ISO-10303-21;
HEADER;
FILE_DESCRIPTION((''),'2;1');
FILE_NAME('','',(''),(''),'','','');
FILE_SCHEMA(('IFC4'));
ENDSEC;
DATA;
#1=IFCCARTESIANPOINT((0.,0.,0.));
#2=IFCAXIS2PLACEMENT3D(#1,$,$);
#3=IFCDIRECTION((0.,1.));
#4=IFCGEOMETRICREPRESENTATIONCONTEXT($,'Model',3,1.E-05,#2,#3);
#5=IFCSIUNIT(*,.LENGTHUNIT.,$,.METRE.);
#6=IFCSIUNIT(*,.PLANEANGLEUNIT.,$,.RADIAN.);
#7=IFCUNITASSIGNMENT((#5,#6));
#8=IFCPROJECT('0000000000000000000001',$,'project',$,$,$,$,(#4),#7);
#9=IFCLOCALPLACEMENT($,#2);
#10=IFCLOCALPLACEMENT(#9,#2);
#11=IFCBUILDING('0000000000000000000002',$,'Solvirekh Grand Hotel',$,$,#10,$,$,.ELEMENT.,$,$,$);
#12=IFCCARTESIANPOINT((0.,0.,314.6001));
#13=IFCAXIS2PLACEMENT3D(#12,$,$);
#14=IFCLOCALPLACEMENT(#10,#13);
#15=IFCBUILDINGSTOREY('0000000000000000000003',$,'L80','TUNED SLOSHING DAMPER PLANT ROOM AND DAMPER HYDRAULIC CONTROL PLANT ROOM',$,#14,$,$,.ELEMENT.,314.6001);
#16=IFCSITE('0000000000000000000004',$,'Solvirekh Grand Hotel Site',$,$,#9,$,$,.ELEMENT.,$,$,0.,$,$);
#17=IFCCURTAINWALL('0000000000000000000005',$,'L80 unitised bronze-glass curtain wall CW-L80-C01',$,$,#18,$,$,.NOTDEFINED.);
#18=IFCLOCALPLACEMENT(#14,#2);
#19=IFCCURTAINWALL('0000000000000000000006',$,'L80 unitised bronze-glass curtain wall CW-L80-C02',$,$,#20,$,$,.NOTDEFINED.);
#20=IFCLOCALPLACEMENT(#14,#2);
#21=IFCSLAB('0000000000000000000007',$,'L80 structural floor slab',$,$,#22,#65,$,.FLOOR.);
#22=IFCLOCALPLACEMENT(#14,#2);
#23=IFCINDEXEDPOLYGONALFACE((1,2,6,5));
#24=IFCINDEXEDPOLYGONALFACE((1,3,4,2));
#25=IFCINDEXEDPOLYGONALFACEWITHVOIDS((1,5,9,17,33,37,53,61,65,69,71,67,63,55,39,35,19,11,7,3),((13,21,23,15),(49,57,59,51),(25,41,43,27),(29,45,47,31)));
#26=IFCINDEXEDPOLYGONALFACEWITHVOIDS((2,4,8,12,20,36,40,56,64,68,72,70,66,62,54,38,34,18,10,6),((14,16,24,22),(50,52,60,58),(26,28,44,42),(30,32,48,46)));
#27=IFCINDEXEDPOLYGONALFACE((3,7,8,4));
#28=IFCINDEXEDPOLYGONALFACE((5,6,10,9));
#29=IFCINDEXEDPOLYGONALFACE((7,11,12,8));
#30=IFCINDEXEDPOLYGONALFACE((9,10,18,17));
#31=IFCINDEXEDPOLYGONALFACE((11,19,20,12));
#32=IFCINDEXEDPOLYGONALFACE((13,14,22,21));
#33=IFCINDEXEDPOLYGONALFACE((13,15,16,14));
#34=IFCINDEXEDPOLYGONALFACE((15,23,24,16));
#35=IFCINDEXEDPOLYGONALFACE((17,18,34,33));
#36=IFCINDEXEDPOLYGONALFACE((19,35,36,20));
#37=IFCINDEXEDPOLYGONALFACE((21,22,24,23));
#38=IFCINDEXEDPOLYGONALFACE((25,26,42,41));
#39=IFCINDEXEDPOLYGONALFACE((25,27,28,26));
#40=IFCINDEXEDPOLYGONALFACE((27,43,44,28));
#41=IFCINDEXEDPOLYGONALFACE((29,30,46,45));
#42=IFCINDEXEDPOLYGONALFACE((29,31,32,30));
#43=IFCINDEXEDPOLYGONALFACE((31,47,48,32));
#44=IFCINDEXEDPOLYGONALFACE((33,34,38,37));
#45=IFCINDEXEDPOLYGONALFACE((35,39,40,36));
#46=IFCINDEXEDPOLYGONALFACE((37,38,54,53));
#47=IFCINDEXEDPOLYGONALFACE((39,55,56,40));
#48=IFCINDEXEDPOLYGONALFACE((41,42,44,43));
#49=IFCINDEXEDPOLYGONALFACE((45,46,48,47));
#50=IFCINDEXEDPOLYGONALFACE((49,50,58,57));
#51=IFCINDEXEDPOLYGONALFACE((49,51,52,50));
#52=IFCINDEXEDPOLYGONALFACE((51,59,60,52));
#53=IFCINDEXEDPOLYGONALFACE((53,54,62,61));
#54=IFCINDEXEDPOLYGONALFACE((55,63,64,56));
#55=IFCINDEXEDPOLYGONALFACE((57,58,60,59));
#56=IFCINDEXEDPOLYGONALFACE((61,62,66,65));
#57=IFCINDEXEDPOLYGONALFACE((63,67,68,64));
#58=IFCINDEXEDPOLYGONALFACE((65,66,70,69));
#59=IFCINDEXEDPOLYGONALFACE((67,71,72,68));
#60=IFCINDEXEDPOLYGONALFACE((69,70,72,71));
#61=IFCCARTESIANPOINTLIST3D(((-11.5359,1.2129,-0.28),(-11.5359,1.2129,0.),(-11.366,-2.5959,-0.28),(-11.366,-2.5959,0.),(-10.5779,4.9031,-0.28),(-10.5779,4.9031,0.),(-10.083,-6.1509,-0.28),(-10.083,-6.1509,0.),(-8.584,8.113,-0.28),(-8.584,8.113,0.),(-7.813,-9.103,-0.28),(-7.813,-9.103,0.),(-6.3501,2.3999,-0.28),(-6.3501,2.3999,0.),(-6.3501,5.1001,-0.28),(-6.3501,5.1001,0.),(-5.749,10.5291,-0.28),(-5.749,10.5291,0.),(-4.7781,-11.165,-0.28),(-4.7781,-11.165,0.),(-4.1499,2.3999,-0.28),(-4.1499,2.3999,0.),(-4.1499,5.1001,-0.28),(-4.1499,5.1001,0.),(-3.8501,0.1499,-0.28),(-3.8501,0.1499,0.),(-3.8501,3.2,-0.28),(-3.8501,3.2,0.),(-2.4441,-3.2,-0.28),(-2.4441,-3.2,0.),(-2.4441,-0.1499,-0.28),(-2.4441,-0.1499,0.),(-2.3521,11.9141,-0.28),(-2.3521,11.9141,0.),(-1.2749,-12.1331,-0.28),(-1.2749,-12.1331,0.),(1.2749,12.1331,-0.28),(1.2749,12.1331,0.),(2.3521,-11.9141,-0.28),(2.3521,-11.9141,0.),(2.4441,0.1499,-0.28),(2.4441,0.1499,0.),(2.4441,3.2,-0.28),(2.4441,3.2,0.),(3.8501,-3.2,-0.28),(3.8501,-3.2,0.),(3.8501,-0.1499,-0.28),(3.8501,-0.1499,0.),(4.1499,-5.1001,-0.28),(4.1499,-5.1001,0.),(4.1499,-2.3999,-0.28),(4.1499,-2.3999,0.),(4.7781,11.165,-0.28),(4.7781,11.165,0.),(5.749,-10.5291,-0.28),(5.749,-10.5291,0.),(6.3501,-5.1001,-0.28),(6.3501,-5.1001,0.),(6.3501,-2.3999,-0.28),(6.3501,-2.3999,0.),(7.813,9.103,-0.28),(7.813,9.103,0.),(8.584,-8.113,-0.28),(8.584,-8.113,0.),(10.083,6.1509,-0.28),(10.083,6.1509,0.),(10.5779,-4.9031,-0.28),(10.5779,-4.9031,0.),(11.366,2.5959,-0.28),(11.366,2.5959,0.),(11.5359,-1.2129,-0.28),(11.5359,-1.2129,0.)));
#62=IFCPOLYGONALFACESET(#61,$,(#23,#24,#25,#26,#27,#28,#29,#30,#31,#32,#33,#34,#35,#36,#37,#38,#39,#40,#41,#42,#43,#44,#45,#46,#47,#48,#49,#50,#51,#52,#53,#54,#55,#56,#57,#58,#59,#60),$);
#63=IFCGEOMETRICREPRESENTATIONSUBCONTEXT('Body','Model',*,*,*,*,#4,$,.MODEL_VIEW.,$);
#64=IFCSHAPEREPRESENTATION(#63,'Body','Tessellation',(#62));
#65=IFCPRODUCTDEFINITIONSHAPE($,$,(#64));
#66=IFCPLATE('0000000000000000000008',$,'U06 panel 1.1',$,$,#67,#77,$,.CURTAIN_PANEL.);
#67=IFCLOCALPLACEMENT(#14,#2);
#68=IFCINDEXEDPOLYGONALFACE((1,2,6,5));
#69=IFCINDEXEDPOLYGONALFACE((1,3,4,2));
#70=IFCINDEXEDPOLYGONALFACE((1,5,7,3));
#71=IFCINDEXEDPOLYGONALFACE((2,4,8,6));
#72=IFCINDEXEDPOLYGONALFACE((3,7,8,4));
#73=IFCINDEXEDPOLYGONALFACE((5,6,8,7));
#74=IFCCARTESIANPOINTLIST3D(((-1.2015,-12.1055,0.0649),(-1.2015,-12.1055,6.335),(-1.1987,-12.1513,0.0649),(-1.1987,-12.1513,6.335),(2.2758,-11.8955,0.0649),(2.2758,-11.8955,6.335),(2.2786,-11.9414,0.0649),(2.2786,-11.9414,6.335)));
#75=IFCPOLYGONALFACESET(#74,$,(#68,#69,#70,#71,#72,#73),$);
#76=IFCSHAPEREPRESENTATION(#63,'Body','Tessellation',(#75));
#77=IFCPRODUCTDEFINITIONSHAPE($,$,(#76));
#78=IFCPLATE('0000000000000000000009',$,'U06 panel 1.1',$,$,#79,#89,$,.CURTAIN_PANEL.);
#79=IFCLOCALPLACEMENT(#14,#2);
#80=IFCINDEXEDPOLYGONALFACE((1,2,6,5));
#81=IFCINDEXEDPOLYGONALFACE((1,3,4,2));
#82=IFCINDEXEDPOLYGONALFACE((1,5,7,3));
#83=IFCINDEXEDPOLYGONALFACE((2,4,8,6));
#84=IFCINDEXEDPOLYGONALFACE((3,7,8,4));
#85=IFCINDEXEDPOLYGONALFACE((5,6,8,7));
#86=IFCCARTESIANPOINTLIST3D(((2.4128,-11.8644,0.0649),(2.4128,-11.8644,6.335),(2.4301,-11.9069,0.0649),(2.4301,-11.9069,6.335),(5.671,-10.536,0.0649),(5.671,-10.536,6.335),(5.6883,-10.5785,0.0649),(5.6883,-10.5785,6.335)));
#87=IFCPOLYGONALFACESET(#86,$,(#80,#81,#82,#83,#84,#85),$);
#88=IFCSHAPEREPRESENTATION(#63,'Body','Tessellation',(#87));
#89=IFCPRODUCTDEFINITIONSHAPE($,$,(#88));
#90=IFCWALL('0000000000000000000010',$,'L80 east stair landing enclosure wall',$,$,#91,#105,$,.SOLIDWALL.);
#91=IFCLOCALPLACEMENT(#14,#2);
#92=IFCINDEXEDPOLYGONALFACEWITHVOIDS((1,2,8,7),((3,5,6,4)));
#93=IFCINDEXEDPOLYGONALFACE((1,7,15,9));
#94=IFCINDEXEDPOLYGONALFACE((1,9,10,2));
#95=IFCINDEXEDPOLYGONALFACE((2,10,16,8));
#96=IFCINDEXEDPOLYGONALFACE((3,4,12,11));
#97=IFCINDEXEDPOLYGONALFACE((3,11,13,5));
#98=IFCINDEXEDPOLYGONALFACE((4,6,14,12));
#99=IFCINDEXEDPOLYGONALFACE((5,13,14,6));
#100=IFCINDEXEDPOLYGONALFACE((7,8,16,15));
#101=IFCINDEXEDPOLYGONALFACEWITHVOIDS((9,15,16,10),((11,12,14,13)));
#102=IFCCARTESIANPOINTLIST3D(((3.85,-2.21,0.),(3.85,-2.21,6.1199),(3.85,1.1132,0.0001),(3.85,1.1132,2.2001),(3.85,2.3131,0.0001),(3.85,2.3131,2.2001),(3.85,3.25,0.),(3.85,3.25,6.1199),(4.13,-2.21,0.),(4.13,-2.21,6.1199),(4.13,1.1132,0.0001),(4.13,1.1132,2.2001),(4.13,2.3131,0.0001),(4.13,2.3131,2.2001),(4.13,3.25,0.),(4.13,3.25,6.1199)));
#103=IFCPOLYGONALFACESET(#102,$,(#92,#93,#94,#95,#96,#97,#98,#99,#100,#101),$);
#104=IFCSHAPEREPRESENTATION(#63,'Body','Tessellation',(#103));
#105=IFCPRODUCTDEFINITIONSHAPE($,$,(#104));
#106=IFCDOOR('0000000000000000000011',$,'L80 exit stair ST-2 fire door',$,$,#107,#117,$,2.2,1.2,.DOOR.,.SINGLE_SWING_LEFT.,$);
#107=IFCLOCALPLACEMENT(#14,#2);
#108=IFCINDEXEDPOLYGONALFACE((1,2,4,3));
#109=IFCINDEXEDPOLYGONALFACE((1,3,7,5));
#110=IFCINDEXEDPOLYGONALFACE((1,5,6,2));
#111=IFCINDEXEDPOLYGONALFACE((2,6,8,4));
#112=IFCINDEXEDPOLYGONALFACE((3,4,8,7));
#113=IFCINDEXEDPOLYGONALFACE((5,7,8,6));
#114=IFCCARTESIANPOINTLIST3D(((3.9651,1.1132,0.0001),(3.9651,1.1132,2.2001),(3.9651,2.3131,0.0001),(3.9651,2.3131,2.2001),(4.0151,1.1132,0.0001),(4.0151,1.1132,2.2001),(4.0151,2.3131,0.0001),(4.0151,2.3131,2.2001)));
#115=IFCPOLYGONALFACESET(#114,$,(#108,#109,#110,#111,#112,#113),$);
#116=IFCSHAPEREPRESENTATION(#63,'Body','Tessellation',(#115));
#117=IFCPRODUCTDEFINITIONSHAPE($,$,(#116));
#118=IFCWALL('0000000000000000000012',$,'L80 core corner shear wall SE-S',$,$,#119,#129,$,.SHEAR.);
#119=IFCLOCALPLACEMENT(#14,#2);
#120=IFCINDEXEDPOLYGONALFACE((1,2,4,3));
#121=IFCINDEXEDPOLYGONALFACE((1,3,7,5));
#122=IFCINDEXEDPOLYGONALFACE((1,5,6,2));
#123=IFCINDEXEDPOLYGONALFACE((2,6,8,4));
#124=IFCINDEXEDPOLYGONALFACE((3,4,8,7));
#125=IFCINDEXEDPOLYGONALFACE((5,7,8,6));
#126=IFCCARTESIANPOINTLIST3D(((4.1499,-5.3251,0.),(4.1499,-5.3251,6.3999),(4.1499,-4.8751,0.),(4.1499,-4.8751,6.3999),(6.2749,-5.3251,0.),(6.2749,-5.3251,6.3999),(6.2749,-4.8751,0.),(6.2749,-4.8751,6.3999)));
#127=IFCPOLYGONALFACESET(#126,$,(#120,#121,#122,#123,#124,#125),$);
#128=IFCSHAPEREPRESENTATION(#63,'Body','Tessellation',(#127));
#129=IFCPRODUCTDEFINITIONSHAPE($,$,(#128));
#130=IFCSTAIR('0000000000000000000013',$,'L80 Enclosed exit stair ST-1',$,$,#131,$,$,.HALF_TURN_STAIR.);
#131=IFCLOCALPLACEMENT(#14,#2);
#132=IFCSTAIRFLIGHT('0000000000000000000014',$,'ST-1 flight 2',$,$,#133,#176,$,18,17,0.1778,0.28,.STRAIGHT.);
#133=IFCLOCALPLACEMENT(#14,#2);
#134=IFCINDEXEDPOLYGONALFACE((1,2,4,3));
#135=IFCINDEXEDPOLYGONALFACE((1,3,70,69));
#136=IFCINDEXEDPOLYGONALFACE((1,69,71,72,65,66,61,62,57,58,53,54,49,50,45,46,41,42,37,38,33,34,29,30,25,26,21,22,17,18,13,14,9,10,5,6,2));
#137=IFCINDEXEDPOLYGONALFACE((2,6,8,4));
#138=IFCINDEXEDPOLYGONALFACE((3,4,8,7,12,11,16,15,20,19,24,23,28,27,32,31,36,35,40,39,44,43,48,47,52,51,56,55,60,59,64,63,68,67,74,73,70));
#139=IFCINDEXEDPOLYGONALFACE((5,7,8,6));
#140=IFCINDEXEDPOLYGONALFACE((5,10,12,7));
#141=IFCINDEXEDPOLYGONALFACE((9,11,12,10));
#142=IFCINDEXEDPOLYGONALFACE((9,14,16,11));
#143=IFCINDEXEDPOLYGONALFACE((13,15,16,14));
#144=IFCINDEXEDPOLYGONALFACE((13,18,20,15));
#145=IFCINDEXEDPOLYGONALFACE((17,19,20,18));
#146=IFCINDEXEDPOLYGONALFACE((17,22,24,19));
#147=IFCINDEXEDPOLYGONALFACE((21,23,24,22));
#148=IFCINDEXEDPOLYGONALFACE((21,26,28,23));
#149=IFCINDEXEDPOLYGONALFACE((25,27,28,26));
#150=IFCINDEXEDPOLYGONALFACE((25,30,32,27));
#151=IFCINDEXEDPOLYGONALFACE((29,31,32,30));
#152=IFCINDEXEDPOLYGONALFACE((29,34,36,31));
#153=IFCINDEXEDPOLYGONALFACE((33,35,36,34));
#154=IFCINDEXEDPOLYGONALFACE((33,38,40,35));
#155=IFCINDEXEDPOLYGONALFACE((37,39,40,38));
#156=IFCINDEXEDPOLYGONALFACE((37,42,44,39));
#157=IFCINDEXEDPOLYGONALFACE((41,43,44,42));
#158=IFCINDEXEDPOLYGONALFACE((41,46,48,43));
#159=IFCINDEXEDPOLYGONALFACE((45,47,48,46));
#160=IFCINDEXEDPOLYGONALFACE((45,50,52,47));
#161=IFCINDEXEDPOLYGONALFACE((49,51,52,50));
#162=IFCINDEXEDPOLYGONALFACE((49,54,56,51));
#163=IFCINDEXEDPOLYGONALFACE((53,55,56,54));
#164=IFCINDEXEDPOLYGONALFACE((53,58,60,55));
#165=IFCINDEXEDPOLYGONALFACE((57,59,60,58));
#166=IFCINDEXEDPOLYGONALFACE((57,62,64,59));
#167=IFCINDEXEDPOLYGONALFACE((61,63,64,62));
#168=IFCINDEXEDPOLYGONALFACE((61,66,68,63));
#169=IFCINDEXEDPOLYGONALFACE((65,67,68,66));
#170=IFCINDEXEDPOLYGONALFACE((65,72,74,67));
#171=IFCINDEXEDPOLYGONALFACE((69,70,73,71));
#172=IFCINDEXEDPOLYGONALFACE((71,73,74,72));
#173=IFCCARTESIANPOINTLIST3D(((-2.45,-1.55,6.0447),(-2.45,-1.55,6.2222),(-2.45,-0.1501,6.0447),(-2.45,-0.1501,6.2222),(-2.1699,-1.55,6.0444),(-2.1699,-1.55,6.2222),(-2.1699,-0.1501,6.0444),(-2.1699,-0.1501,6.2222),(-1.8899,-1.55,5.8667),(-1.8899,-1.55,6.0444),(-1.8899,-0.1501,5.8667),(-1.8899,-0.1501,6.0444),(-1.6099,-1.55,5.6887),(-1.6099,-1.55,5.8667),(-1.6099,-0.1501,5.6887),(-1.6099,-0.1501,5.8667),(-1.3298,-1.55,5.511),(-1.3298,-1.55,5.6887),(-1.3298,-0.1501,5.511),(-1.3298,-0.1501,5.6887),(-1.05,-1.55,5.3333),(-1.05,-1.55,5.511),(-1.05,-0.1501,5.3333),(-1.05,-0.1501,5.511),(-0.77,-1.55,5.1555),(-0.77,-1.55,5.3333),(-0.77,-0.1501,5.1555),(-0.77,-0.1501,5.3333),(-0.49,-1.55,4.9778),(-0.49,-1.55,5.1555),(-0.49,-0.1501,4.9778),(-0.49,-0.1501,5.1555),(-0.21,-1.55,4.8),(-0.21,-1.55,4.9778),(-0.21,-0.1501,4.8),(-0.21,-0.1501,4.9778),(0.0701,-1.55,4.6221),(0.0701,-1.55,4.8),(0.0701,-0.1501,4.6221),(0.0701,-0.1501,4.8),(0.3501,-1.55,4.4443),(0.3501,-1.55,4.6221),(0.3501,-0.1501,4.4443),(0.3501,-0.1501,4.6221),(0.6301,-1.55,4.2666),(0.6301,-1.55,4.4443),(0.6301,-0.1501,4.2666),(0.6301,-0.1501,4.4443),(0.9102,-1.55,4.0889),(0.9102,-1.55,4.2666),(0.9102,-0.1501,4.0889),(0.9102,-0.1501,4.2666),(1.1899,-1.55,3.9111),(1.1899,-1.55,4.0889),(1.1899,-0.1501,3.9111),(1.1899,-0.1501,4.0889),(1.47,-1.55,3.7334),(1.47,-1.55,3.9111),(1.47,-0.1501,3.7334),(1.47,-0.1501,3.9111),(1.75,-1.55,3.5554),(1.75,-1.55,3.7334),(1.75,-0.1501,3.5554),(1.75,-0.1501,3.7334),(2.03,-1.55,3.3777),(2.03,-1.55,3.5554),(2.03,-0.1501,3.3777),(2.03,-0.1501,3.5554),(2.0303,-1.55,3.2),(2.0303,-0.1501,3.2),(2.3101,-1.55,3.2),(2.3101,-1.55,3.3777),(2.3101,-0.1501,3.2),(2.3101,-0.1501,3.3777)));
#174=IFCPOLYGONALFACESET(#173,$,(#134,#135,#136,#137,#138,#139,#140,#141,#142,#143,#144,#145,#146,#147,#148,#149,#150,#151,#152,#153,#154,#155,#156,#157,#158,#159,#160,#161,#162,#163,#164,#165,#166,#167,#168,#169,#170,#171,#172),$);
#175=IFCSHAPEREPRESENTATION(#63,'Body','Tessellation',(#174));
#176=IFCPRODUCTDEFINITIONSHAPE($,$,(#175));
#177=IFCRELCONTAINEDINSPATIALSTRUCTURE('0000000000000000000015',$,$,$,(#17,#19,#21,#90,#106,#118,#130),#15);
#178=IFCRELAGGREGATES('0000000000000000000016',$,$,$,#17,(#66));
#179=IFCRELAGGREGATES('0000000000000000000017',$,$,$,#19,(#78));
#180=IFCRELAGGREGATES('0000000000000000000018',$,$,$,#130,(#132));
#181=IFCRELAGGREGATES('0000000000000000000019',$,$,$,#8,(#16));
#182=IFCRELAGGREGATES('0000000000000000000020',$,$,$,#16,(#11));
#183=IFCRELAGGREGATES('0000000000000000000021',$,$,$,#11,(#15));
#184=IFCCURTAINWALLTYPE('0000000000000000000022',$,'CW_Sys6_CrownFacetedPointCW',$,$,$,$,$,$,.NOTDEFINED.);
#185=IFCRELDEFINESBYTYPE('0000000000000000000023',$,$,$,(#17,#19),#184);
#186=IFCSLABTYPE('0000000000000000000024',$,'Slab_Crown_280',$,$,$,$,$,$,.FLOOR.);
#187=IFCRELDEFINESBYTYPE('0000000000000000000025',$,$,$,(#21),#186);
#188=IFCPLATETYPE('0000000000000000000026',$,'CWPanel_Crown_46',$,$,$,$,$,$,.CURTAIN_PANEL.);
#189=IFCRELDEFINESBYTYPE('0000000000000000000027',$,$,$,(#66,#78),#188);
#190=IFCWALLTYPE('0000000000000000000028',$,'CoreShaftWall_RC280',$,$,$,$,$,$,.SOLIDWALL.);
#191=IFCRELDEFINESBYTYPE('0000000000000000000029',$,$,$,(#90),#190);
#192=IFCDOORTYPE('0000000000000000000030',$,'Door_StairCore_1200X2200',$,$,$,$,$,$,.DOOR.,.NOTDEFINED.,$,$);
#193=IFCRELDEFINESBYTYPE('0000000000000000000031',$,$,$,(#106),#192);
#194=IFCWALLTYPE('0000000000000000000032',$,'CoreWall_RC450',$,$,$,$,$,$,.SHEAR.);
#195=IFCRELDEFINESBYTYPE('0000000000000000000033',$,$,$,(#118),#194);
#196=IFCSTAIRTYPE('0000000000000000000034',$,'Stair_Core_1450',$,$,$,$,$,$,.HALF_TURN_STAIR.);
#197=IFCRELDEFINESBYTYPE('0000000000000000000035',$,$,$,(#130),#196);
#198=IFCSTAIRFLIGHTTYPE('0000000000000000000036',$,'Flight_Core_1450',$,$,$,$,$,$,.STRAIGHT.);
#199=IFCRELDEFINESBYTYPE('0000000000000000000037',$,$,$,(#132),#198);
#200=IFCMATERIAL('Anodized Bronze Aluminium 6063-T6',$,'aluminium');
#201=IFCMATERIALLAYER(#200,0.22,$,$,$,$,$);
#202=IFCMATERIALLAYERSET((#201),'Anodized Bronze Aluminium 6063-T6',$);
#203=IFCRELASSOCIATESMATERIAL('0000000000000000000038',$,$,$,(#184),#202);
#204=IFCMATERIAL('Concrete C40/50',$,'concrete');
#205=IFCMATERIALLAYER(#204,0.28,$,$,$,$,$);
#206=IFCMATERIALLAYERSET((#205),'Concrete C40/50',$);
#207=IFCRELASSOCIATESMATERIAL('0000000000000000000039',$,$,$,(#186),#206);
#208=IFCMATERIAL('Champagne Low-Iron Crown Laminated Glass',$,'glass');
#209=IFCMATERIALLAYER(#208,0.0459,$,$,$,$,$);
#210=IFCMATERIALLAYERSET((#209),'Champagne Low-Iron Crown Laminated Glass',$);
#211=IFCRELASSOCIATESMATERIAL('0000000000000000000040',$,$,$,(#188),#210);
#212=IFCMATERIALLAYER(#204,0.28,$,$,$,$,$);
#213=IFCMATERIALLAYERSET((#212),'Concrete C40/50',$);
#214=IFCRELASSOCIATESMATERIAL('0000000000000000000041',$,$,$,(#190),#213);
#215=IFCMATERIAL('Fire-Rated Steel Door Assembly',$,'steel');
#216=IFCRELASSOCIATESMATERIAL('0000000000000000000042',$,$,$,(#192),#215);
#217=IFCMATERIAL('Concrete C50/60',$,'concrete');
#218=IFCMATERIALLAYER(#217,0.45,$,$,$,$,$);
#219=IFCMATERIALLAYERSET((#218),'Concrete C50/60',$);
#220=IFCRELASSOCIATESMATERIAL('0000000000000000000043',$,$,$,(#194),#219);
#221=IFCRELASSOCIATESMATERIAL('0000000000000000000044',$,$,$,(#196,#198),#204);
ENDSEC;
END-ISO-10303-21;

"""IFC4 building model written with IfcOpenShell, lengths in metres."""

from ifc_helpers import new_model, si_unit, direction, frame, frame_2d, origin, origin_2d, place, context, subcontext, project, spatial, polyline, rectangle, outline, extrude, source, transform, mapped, material, layer, layer_set, type_object, element, fill, aggregate, save


model = new_model("IFC4")

# Units and contexts
model_context = context("Model", 3, precision=1e-05, world=origin(), true_north=direction((0.0, 1.0)))
body_context = subcontext(model_context, "Body", "Model", "MODEL_VIEW")
ifc_project = project(units=[si_unit("LENGTHUNIT", "METRE"), si_unit("PLANEANGLEUNIT", "RADIAN")], contexts=[model_context])

# Site, building, storey
site_placement = place(None, origin())
site = spatial("IfcSite", under=ifc_project, at=site_placement, Name="Solvirekh Grand Hotel Site", CompositionType="ELEMENT", RefElevation=0.0)
building_placement = place(site_placement, origin())
building = spatial("IfcBuilding", under=site, at=building_placement, Name="Solvirekh Grand Hotel", CompositionType="ELEMENT")
storey_placement = place(building_placement, frame((0.0, 0.0, 314.6001)))
storey = spatial("IfcBuildingStorey", under=building, at=storey_placement, Name="L80", Description="TUNED SLOSHING DAMPER PLANT ROOM AND DAMPER HYDRAULIC CONTROL PLANT ROOM", CompositionType="ELEMENT", Elevation=314.6001)

# Curtain walls
ifc_material_1 = material(Name="Anodized Bronze Aluminium 6063-T6", Category="aluminium")
ifc_layer_1 = layer(ifc_material_1, 0.22)
ifc_layer_set_1 = layer_set([ifc_layer_1], Name="Anodized Bronze Aluminium 6063-T6")
curtain_wall_type = type_object("IfcCurtainWallType", Name="CW_Sys6_CrownFacetedPointCW", PredefinedType="NOTDEFINED", material=ifc_layer_set_1)
curtain_wall_1_placement = place(storey_placement, origin())
curtain_wall_1 = element("IfcCurtainWall", 1, at=curtain_wall_1_placement, inside=storey, type_object=curtain_wall_type, Name="L80 unitised bronze-glass curtain wall CW-L80-C01", PredefinedType="NOTDEFINED")
curtain_wall_2_placement = place(storey_placement, origin())
curtain_wall_2 = element("IfcCurtainWall", 2, at=curtain_wall_2_placement, inside=storey, type_object=curtain_wall_type, Name="L80 unitised bronze-glass curtain wall CW-L80-C02", PredefinedType="NOTDEFINED")

# Slab
ifc_material_2 = material(Name="Concrete C40/50", Category="concrete")
ifc_layer_2 = layer(ifc_material_2, 0.28)
ifc_layer_set_2 = layer_set([ifc_layer_2], Name="Concrete C40/50")
slab_type = type_object("IfcSlabType", Name="Slab_Crown_280", PredefinedType="FLOOR", material=ifc_layer_set_2)
slab_placement = place(storey_placement, frame((0.0, 0.0, -0.28)))
element("IfcSlab", 3, at=slab_placement, inside=storey, type_object=slab_type, Name="L80 structural floor slab", PredefinedType="FLOOR", context=body_context, shape_type="SweptSolid", body=[
    extrude(outline(polyline([(-1.2749, -12.1331), (2.3521, -11.9141), (5.749, -10.5291), (8.584, -8.113), (10.5779, -4.9031), (11.5359, -1.2129), (11.366, 2.5959), (10.083, 6.1509), (7.813, 9.103), (4.7781, 11.165), (1.2749, 12.1331), (-2.3521, 11.9141), (-5.749, 10.5291), (-8.584, 8.113), (-10.5779, 4.9031), (-11.5359, 1.2129), (-11.366, -2.5959), (-10.083, -6.1509), (-7.813, -9.103), (-4.7781, -11.165), (-1.2749, -12.1331)]), holes=[polyline([(-2.4441, -0.1499), (3.8501, -0.1499), (3.8501, -3.2), (-2.4441, -3.2), (-2.4441, -0.1499)]), polyline([(2.4441, 0.1499), (-3.8501, 0.1499), (-3.8501, 3.2), (2.4441, 3.2), (2.4441, 0.1499)]), polyline([(-6.3501, 5.1001), (-4.1499, 5.1001), (-4.1499, 2.3999), (-6.3501, 2.3999), (-6.3501, 5.1001)]), polyline([(4.1499, -2.3999), (6.3501, -2.3999), (6.3501, -5.1001), (4.1499, -5.1001), (4.1499, -2.3999)])]), origin(), (0.0, 0.0, 1.0), 0.28),
])

# Plates
ifc_material_3 = material(Name="Champagne Low-Iron Crown Laminated Glass", Category="glass")
ifc_layer_3 = layer(ifc_material_3, 0.0459)
ifc_layer_set_3 = layer_set([ifc_layer_3], Name="Champagne Low-Iron Crown Laminated Glass")
plate_type_1 = type_object("IfcPlateType", Name="CWPanel_Crown_46", PredefinedType="CURTAIN_PANEL", material=ifc_layer_set_3)
shared_shape_1 = source(origin(), body_context, "Body", "SweptSolid", [
    extrude(rectangle(XDim=3.4836, YDim=0.0459, at=origin_2d()), origin(), (0.0, 0.0, 1.0), 6.27),
])
plate_1_placement = place(storey_placement, frame((0.5386, -12.0234, 0.0649), z_axis=(0.0, 0.0, 1.0), x_axis=(0.998182, 0.060271, 0.0)))
plate_1 = element("IfcPlate", 4, at=plate_1_placement, type_object=plate_type_1, Name="U06 panel 1.1", PredefinedType="CURTAIN_PANEL", context=body_context, shape_type="MappedRepresentation", body=[
    mapped(shared_shape_1, transform((0.0, 0.0, 0.0), x_axis=(1.0, 0.0, 0.0), y_axis=(0.0, 1.0, 0.0), z_axis=(0.0, 0.0, 1.0), scale=1.0)),
])
aggregate(curtain_wall_1, [plate_1])
shared_shape_2 = source(origin(), body_context, "Body", "SweptSolid", [
    extrude(rectangle(XDim=3.5186, YDim=0.0459, at=origin_2d()), origin(), (0.0, 0.0, 1.0), 6.27),
])
plate_2_placement = place(storey_placement, frame((4.0505, -11.2214, 0.0649), z_axis=(0.0, 0.0, 1.0), x_axis=(0.925994, 0.377539, 0.0)))
plate_2 = element("IfcPlate", 5, at=plate_2_placement, type_object=plate_type_1, Name="U06 panel 1.1", PredefinedType="CURTAIN_PANEL", context=body_context, shape_type="MappedRepresentation", body=[
    mapped(shared_shape_2, transform((0.0, 0.0, 0.0), x_axis=(1.0, 0.0, 0.0), y_axis=(0.0, 1.0, 0.0), z_axis=(0.0, 0.0, 1.0), scale=1.0)),
])
aggregate(curtain_wall_2, [plate_2])

# Wall, opening, door
ifc_layer_4 = layer(ifc_material_2, 0.28)
ifc_layer_set_4 = layer_set([ifc_layer_4], Name="Concrete C40/50")
wall_type_1 = type_object("IfcWallType", Name="CoreShaftWall_RC280", PredefinedType="SOLIDWALL", material=ifc_layer_set_4)
wall_1_placement = place(storey_placement, frame((3.99, -2.21, 0.0), z_axis=(0.0, 0.0, 1.0), x_axis=(0.0, 1.0, 0.0)))
wall_1 = element("IfcWall", 6, at=wall_1_placement, inside=storey, type_object=wall_type_1, Name="L80 east stair landing enclosure wall", PredefinedType="SOLIDWALL", context=body_context, shape_type="SweptSolid", body=[
    extrude(rectangle(XDim=5.46, YDim=0.28, at=frame_2d((2.73, 0.0))), origin(), (0.0, 0.0, 1.0), 6.1199),
])
opening_placement = place(wall_1_placement, frame((3.323, 0.0, 0.0)))
opening = element("IfcOpeningElement", 7, at=opening_placement, cuts=wall_1, PredefinedType="OPENING", context=body_context, shape_type="SweptSolid", body=[
    extrude(rectangle(XDim=1.2, YDim=2.2, at=frame_2d((0.6001, 1.1001))), frame((0.0, 0.1499, 0.0), z_axis=(0.0, -1.0, 0.0), x_axis=(1.0, 0.0, 0.0)), (0.0, 0.0, 1.0), 0.3),
])
ifc_material_4 = material(Name="Fire-Rated Steel Door Assembly", Category="steel")
door_type = type_object("IfcDoorType", Name="Door_StairCore_1200X2200", OperationType="NOTDEFINED", PredefinedType="DOOR", material=ifc_material_4)
door_placement = place(opening_placement, origin())
door = element("IfcDoor", 8, at=door_placement, inside=storey, type_object=door_type, Name="L80 exit stair ST-2 fire door", OperationType="SINGLE_SWING_LEFT", OverallHeight=2.2, OverallWidth=1.2, PredefinedType="DOOR", context=body_context, shape_type="SweptSolid", body=[
    extrude(rectangle(XDim=1.2, YDim=2.2, at=frame_2d((0.6001, 1.1001))), frame((0.0, 0.0249, 0.0), z_axis=(0.0, -1.0, 0.0), x_axis=(1.0, 0.0, 0.0)), (0.0, 0.0, 1.0), 0.05),
])
fill(opening, door)

# Wall
ifc_material_5 = material(Name="Concrete C50/60", Category="concrete")
ifc_layer_5 = layer(ifc_material_5, 0.45)
ifc_layer_set_5 = layer_set([ifc_layer_5], Name="Concrete C50/60")
wall_type_2 = type_object("IfcWallType", Name="CoreWall_RC450", PredefinedType="SHEAR", material=ifc_layer_set_5)
wall_2_placement = place(storey_placement, frame((4.1499, -5.1001, 0.0), z_axis=(0.0, 0.0, 1.0), x_axis=(1.0, 0.0, 0.0)))
element("IfcWall", 9, at=wall_2_placement, inside=storey, type_object=wall_type_2, Name="L80 core corner shear wall SE-S", PredefinedType="SHEAR", context=body_context, shape_type="SweptSolid", body=[
    extrude(rectangle(XDim=2.125, YDim=0.45, at=frame_2d((1.0625, 0.0))), origin(), (0.0, 0.0, 1.0), 6.3999),
])

# Stair, stair flight
stair_type = type_object("IfcStairType", Name="Stair_Core_1450", PredefinedType="HALF_TURN_STAIR", material=ifc_material_2)
stair_placement = place(storey_placement, origin())
stair = element("IfcStair", 10, at=stair_placement, inside=storey, type_object=stair_type, Name="L80 Enclosed exit stair ST-1", PredefinedType="HALF_TURN_STAIR")
stair_flight_type = type_object("IfcStairFlightType", Name="Flight_Core_1450", PredefinedType="STRAIGHT", material=ifc_material_2)
stair_flight_placement = place(storey_placement, frame((2.3101, -0.8501, 3.2), z_axis=(0.0, 0.0, 1.0), x_axis=(-1.0, 0.0, 0.0)))
stair_flight = element("IfcStairFlight", 11, at=stair_flight_placement, type_object=stair_flight_type, Name="ST-1 flight 2", NumberOfRisers=18, NumberOfTreads=17, PredefinedType="STRAIGHT", RiserHeight=0.1778, TreadLength=0.28, context=body_context, shape_type="SweptSolid", body=[
    extrude(outline(polyline([(0.0, 0.0), (0.0, 0.1777), (0.28, 0.1777), (0.28, 0.3555), (0.5601, 0.3555), (0.5601, 0.5334), (0.8401, 0.5334), (0.8401, 0.7112), (1.1201, 0.7112), (1.1201, 0.8889), (1.3999, 0.8889), (1.3999, 1.0667), (1.6799, 1.0667), (1.6799, 1.2444), (1.96, 1.2444), (1.96, 1.4221), (2.24, 1.4221), (2.24, 1.6001), (2.52, 1.6001), (2.52, 1.7778), (2.8, 1.7778), (2.8, 1.9556), (3.0801, 1.9556), (3.0801, 2.1333), (3.3601, 2.1333), (3.3601, 2.311), (3.6399, 2.311), (3.6399, 2.4888), (3.9199, 2.4888), (3.9199, 2.6667), (4.2, 2.6667), (4.2, 2.8445), (4.48, 2.8445), (4.48, 3.0222), (4.76, 3.0222), (4.76, 3.2), (4.76, 2.8447), (0.2798, 0.0), (0.0, 0.0)])), frame((0.0, 0.7, 0.0), z_axis=(0.0, -1.0, 0.0), x_axis=(1.0, 0.0, 0.0)), (0.0, 0.0, 1.0), 1.3999),
])
aggregate(stair, [stair_flight])

save(model, "model.ifc")
